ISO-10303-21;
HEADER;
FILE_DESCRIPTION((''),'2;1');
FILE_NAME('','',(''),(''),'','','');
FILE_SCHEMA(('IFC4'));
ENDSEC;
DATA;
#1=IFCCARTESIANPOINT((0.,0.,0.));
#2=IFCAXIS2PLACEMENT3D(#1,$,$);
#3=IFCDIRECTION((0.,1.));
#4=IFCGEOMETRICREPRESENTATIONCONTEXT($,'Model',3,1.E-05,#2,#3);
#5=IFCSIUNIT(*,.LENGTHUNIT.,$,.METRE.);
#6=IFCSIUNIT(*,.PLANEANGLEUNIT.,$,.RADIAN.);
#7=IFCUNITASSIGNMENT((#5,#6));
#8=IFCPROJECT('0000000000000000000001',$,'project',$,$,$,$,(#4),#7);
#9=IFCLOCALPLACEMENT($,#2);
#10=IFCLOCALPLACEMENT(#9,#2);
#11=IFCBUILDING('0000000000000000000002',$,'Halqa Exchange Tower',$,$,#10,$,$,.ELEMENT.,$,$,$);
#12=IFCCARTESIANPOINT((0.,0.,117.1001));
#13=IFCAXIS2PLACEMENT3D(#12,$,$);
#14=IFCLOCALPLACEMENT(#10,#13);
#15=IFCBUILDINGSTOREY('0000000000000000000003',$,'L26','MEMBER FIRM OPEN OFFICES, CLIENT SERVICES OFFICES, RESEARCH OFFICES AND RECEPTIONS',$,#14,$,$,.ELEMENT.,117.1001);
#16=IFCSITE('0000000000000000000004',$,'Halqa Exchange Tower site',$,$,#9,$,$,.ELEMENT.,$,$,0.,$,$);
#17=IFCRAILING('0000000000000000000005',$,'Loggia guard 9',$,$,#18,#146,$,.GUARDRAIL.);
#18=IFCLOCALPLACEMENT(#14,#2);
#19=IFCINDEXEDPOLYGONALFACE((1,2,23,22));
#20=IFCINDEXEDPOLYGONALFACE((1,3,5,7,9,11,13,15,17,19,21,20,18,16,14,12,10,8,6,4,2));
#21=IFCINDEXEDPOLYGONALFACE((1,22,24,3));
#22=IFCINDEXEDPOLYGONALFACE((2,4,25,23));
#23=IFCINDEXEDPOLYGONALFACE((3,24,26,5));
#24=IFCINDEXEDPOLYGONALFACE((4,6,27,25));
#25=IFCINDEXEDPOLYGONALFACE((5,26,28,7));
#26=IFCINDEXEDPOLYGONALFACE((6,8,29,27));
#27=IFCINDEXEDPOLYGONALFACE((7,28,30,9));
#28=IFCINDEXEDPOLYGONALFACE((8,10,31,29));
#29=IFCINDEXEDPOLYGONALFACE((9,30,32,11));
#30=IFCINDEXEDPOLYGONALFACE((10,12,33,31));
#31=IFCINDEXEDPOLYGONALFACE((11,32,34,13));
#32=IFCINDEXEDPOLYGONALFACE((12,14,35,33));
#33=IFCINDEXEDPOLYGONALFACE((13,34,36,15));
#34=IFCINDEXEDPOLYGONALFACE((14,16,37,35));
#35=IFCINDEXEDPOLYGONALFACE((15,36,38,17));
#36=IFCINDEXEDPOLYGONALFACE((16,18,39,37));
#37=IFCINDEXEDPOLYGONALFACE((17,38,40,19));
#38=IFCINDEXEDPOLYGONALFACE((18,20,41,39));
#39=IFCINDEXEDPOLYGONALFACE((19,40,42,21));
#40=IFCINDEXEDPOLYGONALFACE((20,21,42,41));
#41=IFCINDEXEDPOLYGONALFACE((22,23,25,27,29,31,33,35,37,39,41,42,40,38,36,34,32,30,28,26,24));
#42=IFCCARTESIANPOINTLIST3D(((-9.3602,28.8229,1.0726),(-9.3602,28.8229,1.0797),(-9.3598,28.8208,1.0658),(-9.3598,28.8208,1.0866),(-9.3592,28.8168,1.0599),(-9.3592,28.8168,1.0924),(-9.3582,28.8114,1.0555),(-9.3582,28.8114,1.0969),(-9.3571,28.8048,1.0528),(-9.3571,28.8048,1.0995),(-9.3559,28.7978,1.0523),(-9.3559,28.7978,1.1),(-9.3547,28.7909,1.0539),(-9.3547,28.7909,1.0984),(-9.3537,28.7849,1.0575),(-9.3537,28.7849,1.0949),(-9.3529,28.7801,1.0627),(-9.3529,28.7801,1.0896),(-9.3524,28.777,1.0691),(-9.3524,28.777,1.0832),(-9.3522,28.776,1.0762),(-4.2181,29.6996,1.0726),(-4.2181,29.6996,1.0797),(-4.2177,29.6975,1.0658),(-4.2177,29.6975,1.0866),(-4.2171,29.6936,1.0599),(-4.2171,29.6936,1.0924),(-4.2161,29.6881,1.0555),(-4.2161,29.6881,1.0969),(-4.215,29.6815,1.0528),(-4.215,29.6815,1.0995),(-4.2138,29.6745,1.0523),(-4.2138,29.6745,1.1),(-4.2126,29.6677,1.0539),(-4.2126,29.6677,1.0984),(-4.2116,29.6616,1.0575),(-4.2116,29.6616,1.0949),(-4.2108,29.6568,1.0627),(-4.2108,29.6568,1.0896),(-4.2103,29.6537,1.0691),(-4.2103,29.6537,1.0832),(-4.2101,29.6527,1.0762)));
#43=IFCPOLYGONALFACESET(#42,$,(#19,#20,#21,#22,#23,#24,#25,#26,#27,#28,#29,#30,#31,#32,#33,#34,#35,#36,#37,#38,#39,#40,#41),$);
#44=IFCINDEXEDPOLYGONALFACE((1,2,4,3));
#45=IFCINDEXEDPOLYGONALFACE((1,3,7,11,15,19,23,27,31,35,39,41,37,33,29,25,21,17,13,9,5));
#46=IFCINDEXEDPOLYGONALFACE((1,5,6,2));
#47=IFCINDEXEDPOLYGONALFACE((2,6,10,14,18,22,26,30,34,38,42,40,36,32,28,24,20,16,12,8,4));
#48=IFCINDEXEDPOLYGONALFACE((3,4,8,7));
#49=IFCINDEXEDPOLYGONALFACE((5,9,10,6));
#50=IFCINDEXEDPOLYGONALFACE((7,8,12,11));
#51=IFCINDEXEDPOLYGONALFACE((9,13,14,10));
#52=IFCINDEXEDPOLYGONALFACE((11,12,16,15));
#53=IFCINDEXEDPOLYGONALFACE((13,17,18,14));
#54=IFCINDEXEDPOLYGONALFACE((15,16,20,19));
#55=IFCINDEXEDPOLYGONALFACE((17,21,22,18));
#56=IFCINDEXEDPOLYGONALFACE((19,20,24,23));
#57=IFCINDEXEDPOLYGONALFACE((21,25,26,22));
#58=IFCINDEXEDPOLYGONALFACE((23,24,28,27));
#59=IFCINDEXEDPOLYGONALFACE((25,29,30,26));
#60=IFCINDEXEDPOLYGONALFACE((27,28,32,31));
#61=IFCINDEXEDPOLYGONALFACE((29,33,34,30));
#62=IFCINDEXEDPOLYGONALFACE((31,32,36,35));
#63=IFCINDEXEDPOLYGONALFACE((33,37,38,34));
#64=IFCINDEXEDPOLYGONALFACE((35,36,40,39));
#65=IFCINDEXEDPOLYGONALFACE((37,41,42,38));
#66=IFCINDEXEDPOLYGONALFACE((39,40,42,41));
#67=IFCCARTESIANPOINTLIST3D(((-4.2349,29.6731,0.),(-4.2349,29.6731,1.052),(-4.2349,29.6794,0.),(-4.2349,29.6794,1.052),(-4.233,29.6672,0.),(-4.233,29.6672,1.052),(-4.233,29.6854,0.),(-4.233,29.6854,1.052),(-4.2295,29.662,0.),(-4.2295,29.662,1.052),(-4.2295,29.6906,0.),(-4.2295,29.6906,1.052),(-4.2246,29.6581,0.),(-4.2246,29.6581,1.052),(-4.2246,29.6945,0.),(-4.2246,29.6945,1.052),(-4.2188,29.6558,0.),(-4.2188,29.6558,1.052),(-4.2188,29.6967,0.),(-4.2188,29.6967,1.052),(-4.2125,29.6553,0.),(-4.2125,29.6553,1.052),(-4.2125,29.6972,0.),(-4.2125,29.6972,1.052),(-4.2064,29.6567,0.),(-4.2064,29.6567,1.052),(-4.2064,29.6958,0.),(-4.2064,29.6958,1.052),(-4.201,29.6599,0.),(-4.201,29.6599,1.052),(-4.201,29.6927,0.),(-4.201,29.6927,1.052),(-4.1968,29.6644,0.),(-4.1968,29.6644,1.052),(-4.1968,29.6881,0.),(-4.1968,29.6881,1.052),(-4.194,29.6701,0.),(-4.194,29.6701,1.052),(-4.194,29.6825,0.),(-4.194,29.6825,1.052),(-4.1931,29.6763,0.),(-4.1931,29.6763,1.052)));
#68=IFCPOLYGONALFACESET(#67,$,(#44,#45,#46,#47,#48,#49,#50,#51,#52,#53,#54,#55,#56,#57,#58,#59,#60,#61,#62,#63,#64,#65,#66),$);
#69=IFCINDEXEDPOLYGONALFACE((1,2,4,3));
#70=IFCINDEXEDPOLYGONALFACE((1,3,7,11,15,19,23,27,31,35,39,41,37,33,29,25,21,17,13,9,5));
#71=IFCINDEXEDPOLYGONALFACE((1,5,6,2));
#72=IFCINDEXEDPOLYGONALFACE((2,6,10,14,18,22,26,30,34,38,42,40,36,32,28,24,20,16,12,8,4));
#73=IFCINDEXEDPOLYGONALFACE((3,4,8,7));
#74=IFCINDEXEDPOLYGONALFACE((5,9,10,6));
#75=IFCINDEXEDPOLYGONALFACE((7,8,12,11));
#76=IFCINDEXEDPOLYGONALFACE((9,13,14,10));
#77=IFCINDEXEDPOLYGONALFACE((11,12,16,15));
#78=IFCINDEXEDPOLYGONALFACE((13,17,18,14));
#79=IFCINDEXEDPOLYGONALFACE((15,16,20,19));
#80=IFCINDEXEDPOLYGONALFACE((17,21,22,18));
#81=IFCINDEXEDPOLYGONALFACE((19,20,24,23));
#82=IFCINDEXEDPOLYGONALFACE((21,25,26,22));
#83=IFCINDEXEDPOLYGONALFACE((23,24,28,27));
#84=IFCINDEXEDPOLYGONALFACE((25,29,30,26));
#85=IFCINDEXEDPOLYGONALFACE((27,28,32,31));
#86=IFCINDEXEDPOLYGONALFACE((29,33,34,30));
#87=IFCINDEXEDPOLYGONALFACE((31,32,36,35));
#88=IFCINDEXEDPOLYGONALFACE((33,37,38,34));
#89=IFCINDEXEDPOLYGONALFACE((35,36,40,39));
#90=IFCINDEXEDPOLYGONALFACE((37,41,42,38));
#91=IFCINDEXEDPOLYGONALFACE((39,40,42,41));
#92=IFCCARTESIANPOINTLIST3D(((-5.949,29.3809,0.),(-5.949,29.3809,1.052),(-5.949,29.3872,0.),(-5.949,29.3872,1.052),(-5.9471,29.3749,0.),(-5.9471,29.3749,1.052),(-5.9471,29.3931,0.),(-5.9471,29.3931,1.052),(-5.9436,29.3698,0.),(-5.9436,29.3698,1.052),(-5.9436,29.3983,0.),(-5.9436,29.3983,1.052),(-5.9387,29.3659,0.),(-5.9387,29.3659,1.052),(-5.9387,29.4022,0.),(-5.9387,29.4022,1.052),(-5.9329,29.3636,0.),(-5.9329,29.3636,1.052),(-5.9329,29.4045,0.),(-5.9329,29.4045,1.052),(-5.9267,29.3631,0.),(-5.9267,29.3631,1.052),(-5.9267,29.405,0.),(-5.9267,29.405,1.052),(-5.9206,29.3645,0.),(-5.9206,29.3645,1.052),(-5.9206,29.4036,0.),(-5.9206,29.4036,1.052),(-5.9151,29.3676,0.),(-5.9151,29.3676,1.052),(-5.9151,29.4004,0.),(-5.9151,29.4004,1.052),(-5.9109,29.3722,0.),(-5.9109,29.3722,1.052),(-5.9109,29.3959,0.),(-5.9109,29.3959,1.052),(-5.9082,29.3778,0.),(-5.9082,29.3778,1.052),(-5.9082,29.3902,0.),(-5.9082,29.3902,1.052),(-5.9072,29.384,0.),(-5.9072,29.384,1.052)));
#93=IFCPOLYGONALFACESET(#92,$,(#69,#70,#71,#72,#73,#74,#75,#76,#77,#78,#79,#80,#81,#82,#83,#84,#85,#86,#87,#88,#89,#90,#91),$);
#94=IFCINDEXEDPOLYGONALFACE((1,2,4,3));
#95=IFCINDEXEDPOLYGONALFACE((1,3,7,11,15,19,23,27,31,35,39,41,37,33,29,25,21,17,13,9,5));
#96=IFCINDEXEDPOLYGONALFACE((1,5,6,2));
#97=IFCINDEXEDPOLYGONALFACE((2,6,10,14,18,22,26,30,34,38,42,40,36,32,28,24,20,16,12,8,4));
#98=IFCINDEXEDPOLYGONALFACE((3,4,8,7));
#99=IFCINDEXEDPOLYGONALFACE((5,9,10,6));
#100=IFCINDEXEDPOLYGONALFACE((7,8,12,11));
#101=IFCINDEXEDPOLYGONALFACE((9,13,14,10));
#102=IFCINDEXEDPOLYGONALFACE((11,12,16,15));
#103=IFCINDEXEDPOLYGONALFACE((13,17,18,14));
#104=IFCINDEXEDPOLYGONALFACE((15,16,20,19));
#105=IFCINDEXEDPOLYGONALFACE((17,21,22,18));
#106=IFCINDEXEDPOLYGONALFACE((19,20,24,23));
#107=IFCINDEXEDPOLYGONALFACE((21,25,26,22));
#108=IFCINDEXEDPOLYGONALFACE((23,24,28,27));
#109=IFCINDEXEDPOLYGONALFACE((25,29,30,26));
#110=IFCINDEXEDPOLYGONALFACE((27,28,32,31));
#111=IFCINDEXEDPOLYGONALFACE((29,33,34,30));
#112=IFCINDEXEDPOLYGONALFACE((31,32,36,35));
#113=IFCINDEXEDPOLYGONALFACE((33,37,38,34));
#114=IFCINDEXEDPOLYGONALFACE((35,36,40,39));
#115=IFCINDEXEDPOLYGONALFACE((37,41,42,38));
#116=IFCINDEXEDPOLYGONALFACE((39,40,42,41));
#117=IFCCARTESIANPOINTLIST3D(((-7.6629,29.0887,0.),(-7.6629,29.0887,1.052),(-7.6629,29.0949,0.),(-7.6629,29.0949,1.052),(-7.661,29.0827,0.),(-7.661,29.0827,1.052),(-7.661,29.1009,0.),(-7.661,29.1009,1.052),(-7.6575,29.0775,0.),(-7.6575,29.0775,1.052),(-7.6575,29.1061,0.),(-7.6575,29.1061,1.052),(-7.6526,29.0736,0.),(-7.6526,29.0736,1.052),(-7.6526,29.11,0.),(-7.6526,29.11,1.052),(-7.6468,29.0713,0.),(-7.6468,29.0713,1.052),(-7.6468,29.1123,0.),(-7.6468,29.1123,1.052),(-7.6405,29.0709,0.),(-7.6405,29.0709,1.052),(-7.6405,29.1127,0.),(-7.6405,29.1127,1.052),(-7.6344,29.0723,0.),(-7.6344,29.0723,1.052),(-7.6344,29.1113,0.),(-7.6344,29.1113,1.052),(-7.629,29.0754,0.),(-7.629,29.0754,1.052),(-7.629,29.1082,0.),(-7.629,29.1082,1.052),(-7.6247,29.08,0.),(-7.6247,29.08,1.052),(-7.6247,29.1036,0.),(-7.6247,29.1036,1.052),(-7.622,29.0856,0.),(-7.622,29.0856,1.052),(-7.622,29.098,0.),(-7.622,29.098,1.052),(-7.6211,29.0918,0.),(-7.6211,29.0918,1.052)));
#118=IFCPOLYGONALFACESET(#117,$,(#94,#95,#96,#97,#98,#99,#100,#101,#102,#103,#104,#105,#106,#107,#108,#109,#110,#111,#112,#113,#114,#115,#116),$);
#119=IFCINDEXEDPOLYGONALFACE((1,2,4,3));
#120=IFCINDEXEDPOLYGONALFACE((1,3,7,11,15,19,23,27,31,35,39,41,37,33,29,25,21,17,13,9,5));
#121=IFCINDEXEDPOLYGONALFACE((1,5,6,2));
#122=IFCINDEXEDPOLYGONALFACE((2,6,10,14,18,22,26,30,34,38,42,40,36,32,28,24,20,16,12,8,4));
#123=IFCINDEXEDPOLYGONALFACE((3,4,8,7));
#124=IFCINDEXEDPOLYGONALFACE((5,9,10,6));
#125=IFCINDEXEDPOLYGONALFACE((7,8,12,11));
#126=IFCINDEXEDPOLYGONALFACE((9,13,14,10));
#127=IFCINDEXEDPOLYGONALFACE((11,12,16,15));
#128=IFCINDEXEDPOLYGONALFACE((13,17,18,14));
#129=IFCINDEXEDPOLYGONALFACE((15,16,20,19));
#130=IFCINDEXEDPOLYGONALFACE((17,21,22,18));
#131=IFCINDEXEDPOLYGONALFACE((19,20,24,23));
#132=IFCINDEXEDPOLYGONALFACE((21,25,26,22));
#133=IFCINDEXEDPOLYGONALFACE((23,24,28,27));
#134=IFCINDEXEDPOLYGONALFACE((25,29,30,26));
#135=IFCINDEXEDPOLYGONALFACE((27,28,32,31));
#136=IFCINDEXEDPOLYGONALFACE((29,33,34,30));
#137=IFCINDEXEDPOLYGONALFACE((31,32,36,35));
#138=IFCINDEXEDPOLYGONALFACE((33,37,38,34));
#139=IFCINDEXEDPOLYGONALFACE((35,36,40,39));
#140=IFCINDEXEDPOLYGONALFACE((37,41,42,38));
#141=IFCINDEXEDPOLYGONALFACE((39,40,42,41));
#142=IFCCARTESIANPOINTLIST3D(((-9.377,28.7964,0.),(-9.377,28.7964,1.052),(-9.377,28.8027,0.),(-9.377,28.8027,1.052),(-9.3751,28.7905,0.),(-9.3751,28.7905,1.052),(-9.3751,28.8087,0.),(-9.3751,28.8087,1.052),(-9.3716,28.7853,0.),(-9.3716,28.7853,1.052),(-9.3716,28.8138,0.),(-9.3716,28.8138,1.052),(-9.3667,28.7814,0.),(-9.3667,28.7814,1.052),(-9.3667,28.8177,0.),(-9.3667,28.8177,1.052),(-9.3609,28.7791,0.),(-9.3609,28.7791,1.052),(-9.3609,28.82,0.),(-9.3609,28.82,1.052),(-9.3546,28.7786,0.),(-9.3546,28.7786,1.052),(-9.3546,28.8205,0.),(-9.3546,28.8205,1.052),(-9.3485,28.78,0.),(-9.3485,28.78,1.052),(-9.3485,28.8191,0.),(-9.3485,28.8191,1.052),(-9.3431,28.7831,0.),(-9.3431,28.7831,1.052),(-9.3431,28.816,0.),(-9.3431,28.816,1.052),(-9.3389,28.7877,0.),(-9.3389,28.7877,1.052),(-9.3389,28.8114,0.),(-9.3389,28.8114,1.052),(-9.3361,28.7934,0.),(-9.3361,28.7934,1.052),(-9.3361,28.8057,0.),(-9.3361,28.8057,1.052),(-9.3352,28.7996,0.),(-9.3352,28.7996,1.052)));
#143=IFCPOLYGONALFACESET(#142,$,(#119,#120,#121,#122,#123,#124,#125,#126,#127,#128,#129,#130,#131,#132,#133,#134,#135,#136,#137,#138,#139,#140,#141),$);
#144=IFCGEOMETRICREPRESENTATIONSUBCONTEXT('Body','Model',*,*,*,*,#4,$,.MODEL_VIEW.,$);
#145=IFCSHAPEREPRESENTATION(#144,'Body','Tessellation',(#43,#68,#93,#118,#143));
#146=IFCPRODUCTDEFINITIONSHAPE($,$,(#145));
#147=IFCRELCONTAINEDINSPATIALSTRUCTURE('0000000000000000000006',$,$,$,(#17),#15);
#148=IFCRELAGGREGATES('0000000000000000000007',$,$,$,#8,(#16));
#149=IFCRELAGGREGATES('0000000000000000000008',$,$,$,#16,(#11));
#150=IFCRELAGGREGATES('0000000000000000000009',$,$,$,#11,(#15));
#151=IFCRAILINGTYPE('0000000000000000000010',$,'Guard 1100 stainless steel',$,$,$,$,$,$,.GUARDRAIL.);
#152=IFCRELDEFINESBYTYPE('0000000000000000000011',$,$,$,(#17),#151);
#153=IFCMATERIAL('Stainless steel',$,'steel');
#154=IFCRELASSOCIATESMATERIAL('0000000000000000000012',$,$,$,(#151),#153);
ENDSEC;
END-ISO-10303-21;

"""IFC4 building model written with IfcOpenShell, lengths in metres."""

from ifc_helpers import new_model, si_unit, direction, frame, origin, origin_2d, place, context, subcontext, project, spatial, circle, extrude, material, type_object, element, save


model = new_model("IFC4")

# Units and contexts
model_context = context("Model", 3, precision=1e-05, world=origin(), true_north=direction((0.0, 1.0)))
body_context = subcontext(model_context, "Body", "Model", "MODEL_VIEW")
ifc_project = project(units=[si_unit("LENGTHUNIT", "METRE"), si_unit("PLANEANGLEUNIT", "RADIAN")], contexts=[model_context])

# Site, building, storey
site_placement = place(None, origin())
site = spatial("IfcSite", under=ifc_project, at=site_placement, Name="Halqa Exchange Tower site", CompositionType="ELEMENT", RefElevation=0.0)
building_placement = place(site_placement, origin())
building = spatial("IfcBuilding", under=site, at=building_placement, Name="Halqa Exchange Tower", CompositionType="ELEMENT")
storey_placement = place(building_placement, frame((0.0, 0.0, 117.1001)))
storey = spatial("IfcBuildingStorey", under=building, at=storey_placement, Name="L26", Description="MEMBER FIRM OPEN OFFICES, CLIENT SERVICES OFFICES, RESEARCH OFFICES AND RECEPTIONS", CompositionType="ELEMENT", Elevation=117.1001)

# Railing
ifc_material_1 = material(Name="Stainless steel", Category="steel")
railing_type_1 = type_object("IfcRailingType", Name="Guard 1100 stainless steel", PredefinedType="GUARDRAIL", material=ifc_material_1)
railing_1_placement = place(storey_placement, frame((-4.2141, 29.6763, 0.0)))
element("IfcRailing", 1, at=railing_1_placement, inside=storey, type_object=railing_type_1, Name="Loggia guard 9", PredefinedType="GUARDRAIL", context=body_context, shape_type="SweptSolid", body=[
    extrude(circle(Radius=0.0239, at=origin_2d()), frame((0.0, 0.0, 1.0762), z_axis=(-0.985775, -0.168071, 0.0), x_axis=(0.168071, -0.985775, 0.0)), (0.0, 0.0, 1.0), 5.2163),
    extrude(circle(Radius=0.021, at=origin_2d()), origin(), (0.0, 0.0, 1.0), 1.052),
    extrude(circle(Radius=0.021, at=origin_2d()), frame((-1.7141, -0.2922, 0.0)), (0.0, 0.0, 1.0), 1.052),
    extrude(circle(Radius=0.021, at=origin_2d()), frame((-3.428, -0.5845, 0.0)), (0.0, 0.0, 1.0), 1.052),
    extrude(circle(Radius=0.021, at=origin_2d()), frame((-5.1421, -0.8767, 0.0)), (0.0, 0.0, 1.0), 1.052),
])

save(model, "model.ifc")
